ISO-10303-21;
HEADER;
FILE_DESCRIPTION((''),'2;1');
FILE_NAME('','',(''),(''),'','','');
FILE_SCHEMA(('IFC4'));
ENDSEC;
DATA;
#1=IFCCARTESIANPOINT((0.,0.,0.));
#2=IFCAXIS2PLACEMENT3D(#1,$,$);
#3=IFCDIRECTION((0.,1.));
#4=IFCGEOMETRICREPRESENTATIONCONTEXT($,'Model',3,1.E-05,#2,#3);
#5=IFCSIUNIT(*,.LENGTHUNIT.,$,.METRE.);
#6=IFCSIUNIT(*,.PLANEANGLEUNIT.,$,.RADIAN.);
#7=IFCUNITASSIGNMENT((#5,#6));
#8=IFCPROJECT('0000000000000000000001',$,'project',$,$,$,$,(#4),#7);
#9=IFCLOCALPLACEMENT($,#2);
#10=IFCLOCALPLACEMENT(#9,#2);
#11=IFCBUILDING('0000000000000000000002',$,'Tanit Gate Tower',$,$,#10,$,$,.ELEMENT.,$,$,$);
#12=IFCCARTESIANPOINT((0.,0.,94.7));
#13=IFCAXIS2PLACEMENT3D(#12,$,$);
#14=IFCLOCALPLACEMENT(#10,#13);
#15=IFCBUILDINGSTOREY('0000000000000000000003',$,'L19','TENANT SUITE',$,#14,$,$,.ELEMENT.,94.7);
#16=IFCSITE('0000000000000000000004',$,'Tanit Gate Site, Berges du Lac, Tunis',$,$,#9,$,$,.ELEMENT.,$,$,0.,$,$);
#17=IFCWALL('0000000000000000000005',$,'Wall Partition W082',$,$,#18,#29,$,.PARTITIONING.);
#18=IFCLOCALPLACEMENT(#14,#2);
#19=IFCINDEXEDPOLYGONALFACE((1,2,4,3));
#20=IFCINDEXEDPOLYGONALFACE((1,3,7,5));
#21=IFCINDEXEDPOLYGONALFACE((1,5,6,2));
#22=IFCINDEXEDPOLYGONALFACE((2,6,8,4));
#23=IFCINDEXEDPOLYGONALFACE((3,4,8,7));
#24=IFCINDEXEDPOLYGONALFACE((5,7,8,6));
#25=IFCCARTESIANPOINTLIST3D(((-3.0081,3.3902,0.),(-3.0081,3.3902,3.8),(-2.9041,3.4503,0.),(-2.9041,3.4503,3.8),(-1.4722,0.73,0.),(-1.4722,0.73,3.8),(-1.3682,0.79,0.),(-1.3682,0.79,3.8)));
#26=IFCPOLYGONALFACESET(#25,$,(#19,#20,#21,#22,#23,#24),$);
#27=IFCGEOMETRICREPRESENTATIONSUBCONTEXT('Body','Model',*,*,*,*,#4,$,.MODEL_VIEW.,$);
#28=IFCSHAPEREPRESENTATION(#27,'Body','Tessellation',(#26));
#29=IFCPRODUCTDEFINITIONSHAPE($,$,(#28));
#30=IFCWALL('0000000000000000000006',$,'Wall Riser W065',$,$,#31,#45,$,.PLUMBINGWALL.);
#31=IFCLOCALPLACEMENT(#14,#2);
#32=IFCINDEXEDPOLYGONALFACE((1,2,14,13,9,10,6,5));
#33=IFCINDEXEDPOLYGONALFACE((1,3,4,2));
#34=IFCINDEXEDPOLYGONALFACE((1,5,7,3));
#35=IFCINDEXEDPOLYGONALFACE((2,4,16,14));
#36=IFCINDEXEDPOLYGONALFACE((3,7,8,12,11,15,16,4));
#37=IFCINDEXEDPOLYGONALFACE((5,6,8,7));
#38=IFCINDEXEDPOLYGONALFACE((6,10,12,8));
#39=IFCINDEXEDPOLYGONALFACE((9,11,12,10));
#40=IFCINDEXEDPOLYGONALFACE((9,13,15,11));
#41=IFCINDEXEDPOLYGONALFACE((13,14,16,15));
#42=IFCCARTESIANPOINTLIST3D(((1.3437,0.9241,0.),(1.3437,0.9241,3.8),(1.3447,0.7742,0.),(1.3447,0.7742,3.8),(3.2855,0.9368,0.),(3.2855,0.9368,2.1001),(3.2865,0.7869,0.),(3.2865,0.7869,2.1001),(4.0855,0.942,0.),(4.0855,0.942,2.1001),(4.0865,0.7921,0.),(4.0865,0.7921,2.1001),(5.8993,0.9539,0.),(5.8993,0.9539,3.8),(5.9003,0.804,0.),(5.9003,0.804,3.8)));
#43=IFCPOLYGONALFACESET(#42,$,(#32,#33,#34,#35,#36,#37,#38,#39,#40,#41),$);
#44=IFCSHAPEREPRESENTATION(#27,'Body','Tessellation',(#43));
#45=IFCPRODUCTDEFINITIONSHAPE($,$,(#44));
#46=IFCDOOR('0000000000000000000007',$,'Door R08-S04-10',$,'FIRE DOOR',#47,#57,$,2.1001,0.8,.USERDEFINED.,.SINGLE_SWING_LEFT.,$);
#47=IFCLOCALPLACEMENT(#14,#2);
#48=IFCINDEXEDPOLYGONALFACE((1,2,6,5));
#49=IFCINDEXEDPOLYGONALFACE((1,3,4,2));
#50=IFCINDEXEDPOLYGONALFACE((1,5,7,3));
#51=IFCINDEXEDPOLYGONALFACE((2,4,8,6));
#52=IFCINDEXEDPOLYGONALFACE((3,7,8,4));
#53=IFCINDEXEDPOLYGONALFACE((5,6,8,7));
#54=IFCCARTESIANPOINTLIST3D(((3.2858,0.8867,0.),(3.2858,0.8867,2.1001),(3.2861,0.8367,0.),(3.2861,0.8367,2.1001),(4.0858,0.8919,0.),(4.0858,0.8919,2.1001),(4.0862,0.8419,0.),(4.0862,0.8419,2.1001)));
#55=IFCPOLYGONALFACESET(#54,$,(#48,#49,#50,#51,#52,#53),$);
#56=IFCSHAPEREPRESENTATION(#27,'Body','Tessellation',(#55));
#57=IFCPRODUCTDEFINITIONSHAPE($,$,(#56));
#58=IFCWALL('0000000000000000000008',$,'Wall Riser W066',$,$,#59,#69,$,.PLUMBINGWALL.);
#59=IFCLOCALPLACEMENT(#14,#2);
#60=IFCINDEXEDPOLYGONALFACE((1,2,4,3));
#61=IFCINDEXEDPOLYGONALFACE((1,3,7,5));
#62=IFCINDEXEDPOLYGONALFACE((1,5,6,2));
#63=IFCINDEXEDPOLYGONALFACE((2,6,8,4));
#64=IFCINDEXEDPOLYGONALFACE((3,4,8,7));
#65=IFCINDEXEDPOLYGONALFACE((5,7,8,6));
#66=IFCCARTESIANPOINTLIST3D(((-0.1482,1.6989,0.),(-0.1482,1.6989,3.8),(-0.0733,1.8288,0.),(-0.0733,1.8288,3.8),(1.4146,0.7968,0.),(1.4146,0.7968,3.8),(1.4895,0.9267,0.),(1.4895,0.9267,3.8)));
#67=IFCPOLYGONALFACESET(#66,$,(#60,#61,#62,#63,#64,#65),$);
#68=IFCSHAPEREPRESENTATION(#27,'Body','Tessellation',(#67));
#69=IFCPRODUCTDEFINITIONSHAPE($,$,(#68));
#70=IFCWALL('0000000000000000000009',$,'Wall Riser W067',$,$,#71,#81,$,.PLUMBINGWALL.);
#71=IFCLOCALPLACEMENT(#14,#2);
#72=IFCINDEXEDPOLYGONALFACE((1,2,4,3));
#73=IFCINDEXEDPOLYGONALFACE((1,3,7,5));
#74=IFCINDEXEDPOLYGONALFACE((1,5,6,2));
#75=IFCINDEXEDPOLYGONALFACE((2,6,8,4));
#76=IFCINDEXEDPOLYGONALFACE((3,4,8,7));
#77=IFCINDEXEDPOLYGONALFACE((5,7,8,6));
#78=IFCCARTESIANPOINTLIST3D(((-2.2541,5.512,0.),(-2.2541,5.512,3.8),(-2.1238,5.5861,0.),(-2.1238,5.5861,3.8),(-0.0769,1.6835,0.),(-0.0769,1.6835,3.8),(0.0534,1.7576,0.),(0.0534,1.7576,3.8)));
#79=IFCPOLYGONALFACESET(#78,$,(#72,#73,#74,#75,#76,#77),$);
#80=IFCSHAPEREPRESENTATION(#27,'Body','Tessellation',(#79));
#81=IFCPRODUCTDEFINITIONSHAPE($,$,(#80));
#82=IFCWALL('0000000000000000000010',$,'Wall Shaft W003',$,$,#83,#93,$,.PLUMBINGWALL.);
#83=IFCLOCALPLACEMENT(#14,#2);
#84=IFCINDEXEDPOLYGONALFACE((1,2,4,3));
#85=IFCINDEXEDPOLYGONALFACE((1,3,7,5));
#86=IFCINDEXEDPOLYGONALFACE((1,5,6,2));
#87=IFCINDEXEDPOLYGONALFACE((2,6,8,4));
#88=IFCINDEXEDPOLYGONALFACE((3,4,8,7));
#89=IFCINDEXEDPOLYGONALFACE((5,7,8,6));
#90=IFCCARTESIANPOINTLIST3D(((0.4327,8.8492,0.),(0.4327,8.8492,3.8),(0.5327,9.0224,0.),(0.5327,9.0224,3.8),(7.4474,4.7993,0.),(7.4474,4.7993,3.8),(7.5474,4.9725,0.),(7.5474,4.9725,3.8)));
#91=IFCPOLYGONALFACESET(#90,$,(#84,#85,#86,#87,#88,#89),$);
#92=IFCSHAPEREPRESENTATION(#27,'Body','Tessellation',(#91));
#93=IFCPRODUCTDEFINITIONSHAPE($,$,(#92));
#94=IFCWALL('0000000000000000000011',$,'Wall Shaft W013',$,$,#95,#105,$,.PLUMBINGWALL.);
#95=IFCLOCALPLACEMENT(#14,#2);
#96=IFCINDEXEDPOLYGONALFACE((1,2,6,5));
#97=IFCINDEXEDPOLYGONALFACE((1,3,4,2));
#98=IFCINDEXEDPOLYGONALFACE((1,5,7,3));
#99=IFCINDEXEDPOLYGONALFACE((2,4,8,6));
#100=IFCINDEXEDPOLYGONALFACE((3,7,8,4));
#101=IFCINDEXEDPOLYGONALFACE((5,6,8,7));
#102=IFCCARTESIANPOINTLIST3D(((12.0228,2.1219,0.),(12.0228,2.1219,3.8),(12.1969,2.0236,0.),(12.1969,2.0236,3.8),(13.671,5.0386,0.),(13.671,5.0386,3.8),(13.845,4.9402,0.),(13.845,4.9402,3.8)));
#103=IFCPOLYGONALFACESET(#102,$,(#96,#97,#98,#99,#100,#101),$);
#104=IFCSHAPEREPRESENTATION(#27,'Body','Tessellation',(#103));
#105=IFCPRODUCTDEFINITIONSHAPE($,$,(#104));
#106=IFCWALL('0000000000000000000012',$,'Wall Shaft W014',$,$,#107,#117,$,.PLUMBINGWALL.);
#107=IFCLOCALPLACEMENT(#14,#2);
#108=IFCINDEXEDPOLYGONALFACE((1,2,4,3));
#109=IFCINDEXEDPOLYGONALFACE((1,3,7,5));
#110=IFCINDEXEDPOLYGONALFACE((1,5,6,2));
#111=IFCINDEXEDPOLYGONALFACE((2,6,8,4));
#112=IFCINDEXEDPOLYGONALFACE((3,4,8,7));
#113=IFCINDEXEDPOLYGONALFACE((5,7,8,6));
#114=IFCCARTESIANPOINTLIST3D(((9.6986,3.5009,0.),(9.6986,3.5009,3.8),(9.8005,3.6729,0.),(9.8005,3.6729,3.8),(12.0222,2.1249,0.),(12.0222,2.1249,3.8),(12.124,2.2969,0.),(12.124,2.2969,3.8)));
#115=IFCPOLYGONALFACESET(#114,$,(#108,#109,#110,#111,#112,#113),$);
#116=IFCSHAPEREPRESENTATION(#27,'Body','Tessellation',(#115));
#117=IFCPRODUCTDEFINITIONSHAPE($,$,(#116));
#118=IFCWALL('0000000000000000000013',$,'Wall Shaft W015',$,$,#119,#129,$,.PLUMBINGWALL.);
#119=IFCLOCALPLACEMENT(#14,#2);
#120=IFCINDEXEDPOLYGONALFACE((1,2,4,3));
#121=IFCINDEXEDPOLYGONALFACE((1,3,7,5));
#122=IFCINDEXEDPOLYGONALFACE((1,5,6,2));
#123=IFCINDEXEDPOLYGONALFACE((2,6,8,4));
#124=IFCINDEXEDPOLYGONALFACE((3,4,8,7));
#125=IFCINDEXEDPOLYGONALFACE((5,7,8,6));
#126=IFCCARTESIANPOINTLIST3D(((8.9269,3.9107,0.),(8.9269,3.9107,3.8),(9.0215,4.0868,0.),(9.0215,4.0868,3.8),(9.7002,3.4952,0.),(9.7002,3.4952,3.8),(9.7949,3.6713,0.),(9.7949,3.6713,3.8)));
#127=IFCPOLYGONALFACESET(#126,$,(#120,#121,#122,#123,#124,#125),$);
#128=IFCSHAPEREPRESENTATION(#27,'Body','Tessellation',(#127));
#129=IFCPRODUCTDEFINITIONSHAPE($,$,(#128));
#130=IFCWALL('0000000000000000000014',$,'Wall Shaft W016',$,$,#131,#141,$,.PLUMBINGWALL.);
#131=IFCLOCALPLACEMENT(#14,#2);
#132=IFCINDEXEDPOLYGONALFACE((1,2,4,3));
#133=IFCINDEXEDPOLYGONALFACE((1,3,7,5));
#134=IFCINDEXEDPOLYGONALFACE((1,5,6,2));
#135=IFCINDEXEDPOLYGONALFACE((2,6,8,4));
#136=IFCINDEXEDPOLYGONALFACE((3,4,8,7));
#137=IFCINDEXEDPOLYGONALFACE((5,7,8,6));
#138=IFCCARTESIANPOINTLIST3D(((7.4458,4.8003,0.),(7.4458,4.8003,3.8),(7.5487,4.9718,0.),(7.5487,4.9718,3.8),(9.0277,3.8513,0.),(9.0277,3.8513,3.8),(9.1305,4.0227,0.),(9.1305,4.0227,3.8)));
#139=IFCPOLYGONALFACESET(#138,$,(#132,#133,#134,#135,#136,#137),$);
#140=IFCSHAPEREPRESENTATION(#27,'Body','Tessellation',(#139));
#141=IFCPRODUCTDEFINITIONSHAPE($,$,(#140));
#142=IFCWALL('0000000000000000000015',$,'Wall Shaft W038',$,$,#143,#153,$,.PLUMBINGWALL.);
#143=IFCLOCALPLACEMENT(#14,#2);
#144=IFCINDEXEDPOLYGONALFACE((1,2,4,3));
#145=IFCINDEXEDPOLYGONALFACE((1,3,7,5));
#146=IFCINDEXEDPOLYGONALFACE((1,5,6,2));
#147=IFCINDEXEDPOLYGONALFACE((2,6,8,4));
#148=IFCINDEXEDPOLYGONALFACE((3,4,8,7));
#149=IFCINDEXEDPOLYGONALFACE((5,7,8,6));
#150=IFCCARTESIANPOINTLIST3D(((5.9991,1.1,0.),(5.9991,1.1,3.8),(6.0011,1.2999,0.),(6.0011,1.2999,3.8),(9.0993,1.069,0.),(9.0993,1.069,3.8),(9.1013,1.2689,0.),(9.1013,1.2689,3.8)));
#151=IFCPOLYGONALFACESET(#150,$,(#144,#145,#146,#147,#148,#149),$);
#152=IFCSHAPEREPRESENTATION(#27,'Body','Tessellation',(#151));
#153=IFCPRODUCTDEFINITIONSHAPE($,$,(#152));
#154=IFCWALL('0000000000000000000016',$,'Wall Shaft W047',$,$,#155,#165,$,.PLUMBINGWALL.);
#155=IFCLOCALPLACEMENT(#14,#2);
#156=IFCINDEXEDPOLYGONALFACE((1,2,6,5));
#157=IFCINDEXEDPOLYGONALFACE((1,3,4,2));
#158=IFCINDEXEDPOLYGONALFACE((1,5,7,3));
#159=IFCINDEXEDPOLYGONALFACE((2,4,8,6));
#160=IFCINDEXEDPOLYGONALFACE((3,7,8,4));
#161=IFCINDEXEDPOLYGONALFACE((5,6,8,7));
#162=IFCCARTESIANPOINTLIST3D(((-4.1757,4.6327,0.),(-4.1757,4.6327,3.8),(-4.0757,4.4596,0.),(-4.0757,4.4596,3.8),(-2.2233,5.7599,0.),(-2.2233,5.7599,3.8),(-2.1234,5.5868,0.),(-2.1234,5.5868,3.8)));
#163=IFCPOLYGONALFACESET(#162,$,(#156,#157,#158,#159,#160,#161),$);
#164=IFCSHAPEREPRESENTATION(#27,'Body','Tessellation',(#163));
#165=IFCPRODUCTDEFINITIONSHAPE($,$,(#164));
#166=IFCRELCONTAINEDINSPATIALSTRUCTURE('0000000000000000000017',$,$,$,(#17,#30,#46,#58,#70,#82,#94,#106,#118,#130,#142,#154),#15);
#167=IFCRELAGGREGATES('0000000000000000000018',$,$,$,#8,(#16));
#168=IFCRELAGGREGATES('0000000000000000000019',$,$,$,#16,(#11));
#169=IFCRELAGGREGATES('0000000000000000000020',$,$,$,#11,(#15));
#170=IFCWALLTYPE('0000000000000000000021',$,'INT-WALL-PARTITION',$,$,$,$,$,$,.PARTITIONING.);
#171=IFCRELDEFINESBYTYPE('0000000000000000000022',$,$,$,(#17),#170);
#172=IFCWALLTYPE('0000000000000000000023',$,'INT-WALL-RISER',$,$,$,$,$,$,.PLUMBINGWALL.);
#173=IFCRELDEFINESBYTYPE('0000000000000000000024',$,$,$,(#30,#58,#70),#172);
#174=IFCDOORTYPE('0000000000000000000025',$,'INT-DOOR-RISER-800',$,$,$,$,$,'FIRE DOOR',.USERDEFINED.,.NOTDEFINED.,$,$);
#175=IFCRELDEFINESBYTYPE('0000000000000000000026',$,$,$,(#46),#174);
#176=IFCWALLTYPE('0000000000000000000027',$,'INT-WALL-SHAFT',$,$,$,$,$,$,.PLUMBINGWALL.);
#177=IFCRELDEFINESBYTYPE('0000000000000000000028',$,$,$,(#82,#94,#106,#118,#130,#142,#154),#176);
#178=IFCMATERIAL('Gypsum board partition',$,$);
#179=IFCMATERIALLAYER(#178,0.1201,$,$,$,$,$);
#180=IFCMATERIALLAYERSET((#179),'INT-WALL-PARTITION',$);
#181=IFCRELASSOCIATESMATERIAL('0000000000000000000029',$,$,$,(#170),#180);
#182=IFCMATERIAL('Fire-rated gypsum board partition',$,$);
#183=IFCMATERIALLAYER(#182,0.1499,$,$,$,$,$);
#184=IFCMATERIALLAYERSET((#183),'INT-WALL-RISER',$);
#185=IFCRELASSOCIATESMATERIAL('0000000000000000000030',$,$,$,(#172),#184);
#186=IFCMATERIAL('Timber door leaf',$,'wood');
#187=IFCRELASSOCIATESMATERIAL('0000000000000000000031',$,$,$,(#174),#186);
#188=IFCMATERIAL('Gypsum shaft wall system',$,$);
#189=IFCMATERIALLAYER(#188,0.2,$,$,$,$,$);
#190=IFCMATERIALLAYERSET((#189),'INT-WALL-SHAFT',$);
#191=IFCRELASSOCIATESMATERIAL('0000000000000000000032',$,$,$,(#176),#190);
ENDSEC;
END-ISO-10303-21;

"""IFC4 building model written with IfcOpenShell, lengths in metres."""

from ifc_helpers import new_model, si_unit, direction, frame, frame_2d, origin, place, context, subcontext, project, spatial, rectangle, extrude, material, layer, layer_set, type_object, element, fill, save


model = new_model("IFC4")

# Units and contexts
model_context = context("Model", 3, precision=1e-05, world=origin(), true_north=direction((0.0, 1.0)))
body_context = subcontext(model_context, "Body", "Model", "MODEL_VIEW")
ifc_project = project(units=[si_unit("LENGTHUNIT", "METRE"), si_unit("PLANEANGLEUNIT", "RADIAN")], contexts=[model_context])

# Site, building, storey
site_placement = place(None, origin())
site = spatial("IfcSite", under=ifc_project, at=site_placement, Name="Tanit Gate Site, Berges du Lac, Tunis", CompositionType="ELEMENT", RefElevation=0.0)
building_placement = place(site_placement, origin())
building = spatial("IfcBuilding", under=site, at=building_placement, Name="Tanit Gate Tower", CompositionType="ELEMENT")
storey_placement = place(building_placement, frame((0.0, 0.0, 94.7)))
storey = spatial("IfcBuildingStorey", under=building, at=storey_placement, Name="L19", Description="TENANT SUITE", CompositionType="ELEMENT", Elevation=94.7)

# Wall
ifc_material_1 = material(Name="Gypsum board partition")
ifc_layer_1 = layer(ifc_material_1, 0.1201)
ifc_layer_set_1 = layer_set([ifc_layer_1], Name="INT-WALL-PARTITION")
wall_type_1 = type_object("IfcWallType", Name="INT-WALL-PARTITION", PredefinedType="PARTITIONING", material=ifc_layer_set_1)
wall_1_placement = place(storey_placement, frame((-1.4202, 0.76, 0.0), z_axis=(0.0, 0.0, 1.0), x_axis=(-0.500011, 0.866019, 0.0)))
element("IfcWall", 1, at=wall_1_placement, inside=storey, type_object=wall_type_1, Name="Wall Partition W082", PredefinedType="PARTITIONING", context=body_context, shape_type="SweptSolid", body=[
    extrude(rectangle(XDim=3.0718, YDim=0.1201, at=frame_2d((1.5359, 0.0))), origin(), (0.0, 0.0, 1.0), 3.8),
])

# Wall, opening, door
ifc_material_2 = material(Name="Fire-rated gypsum board partition")
ifc_layer_2 = layer(ifc_material_2, 0.1499)
ifc_layer_set_2 = layer_set([ifc_layer_2], Name="INT-WALL-RISER")
wall_type_2 = type_object("IfcWallType", Name="INT-WALL-RISER", PredefinedType="PLUMBINGWALL", material=ifc_layer_set_2)
wall_2_placement = place(storey_placement, frame((1.3442, 0.8491, 0.0), z_axis=(0.0, 0.0, 1.0), x_axis=(0.999979, 0.006538, 0.0)))
wall_2 = element("IfcWall", 2, at=wall_2_placement, inside=storey, type_object=wall_type_2, Name="Wall Riser W065", PredefinedType="PLUMBINGWALL", context=body_context, shape_type="SweptSolid", body=[
    extrude(rectangle(XDim=4.5557, YDim=0.1499, at=frame_2d((2.2778, 0.0))), origin(), (0.0, 0.0, 1.0), 3.8),
])
opening_1_placement = place(wall_2_placement, frame((1.9419, 0.0, 0.0)))
opening_1 = element("IfcOpeningElement", 3, at=opening_1_placement, cuts=wall_2, PredefinedType="OPENING", context=body_context, shape_type="SweptSolid", body=[
    extrude(rectangle(XDim=0.8, YDim=2.1001, at=frame_2d((0.3999, 1.05))), frame((0.0, 0.085, 0.0), z_axis=(0.0, -1.0, 0.0), x_axis=(1.0, 0.0, 0.0)), (0.0, 0.0, 1.0), 0.1699),
])
ifc_material_3 = material(Name="Timber door leaf", Category="wood")
door_type_1 = type_object("IfcDoorType", Name="INT-DOOR-RISER-800", ElementType="FIRE DOOR", OperationType="NOTDEFINED", PredefinedType="USERDEFINED", material=ifc_material_3)
door_1_placement = place(opening_1_placement, origin())
door_1 = element("IfcDoor", 4, at=door_1_placement, inside=storey, type_object=door_type_1, Name="Door R08-S04-10", ObjectType="FIRE DOOR", OperationType="SINGLE_SWING_LEFT", OverallHeight=2.1001, OverallWidth=0.8, PredefinedType="USERDEFINED", context=body_context, shape_type="SweptSolid", body=[
    extrude(rectangle(XDim=0.8, YDim=2.1001, at=frame_2d((0.3999, 1.05))), frame((0.0, 0.0249, 0.0), z_axis=(0.0, -1.0, 0.0), x_axis=(1.0, 0.0, 0.0)), (0.0, 0.0, 1.0), 0.05),
])
fill(opening_1, door_1)

# Walls
wall_3_placement = place(storey_placement, frame((-0.1108, 1.7639, 0.0), z_axis=(0.0, 0.0, 1.0), x_axis=(0.866062, -0.499937, 0.0)))
element("IfcWall", 5, at=wall_3_placement, inside=storey, type_object=wall_type_2, Name="Wall Riser W066", PredefinedType="PLUMBINGWALL", context=body_context, shape_type="SweptSolid", body=[
    extrude(rectangle(XDim=1.8044, YDim=0.1499, at=frame_2d((0.9023, 0.0))), origin(), (0.0, 0.0, 1.0), 3.8),
])
wall_4_placement = place(storey_placement, frame((-2.189, 5.5491, 0.0), z_axis=(0.0, 0.0, 1.0), x_axis=(0.494335, -0.869271, 0.0)))
element("IfcWall", 6, at=wall_4_placement, inside=storey, type_object=wall_type_2, Name="Wall Riser W067", PredefinedType="PLUMBINGWALL", context=body_context, shape_type="SweptSolid", body=[
    extrude(rectangle(XDim=4.4043, YDim=0.1499, at=frame_2d((2.2021, 0.0))), origin(), (0.0, 0.0, 1.0), 3.8),
])
ifc_material_4 = material(Name="Gypsum shaft wall system")
ifc_layer_3 = layer(ifc_material_4, 0.2)
ifc_layer_set_3 = layer_set([ifc_layer_3], Name="INT-WALL-SHAFT")
wall_type_3 = type_object("IfcWallType", Name="INT-WALL-SHAFT", PredefinedType="PLUMBINGWALL", material=ifc_layer_set_3)
wall_5_placement = place(storey_placement, frame((7.4973, 4.886, 0.0), z_axis=(0.0, 0.0, 1.0), x_axis=(-0.866031, 0.49999, 0.0)))
element("IfcWall", 7, at=wall_5_placement, inside=storey, type_object=wall_type_3, Name="Wall Shaft W003", PredefinedType="PLUMBINGWALL", context=body_context, shape_type="SweptSolid", body=[
    extrude(rectangle(XDim=8.0999, YDim=0.2, at=frame_2d((4.0498, 0.0))), origin(), (0.0, 0.0, 1.0), 3.8),
])
wall_6_placement = place(storey_placement, frame((12.1099, 2.0728, 0.0), z_axis=(0.0, 0.0, 1.0), x_axis=(0.491966, 0.870614, 0.0)))
element("IfcWall", 8, at=wall_6_placement, inside=storey, type_object=wall_type_3, Name="Wall Shaft W013", PredefinedType="PLUMBINGWALL", context=body_context, shape_type="SweptSolid", body=[
    extrude(rectangle(XDim=3.3501, YDim=0.2, at=frame_2d((1.675, 0.0))), origin(), (0.0, 0.0, 1.0), 3.8),
])
wall_7_placement = place(storey_placement, frame((12.073, 2.2109, 0.0), z_axis=(0.0, 0.0, 1.0), x_axis=(-0.860438, 0.509555, 0.0)))
element("IfcWall", 9, at=wall_7_placement, inside=storey, type_object=wall_type_3, Name="Wall Shaft W014", PredefinedType="PLUMBINGWALL", context=body_context, shape_type="SweptSolid", body=[
    extrude(rectangle(XDim=2.7004, YDim=0.2, at=frame_2d((1.3501, 0.0))), origin(), (0.0, 0.0, 1.0), 3.8),
])
wall_8_placement = place(storey_placement, frame((9.7476, 3.5833, 0.0), z_axis=(0.0, 0.0, 1.0), x_axis=(-0.880917, 0.473271, 0.0)))
element("IfcWall", 10, at=wall_8_placement, inside=storey, type_object=wall_type_3, Name="Wall Shaft W015", PredefinedType="PLUMBINGWALL", context=body_context, shape_type="SweptSolid", body=[
    extrude(rectangle(XDim=0.8779, YDim=0.2, at=frame_2d((0.439, 0.0))), origin(), (0.0, 0.0, 1.0), 3.8),
])
wall_9_placement = place(storey_placement, frame((9.0791, 3.937, 0.0), z_axis=(0.0, 0.0, 1.0), x_axis=(-0.857516, 0.514457, 0.0)))
element("IfcWall", 11, at=wall_9_placement, inside=storey, type_object=wall_type_3, Name="Wall Shaft W016", PredefinedType="PLUMBINGWALL", context=body_context, shape_type="SweptSolid", body=[
    extrude(rectangle(XDim=1.8447, YDim=0.2, at=frame_2d((0.9224, 0.0))), origin(), (0.0, 0.0, 1.0), 3.8),
])

# Walls
wall_10_placement = place(storey_placement, frame((6.0, 1.2, 0.0), z_axis=(0.0, 0.0, 1.0), x_axis=(0.99995, -0.010001, 0.0)))
element("IfcWall", 12, at=wall_10_placement, inside=storey, type_object=wall_type_3, Name="Wall Shaft W038", PredefinedType="PLUMBINGWALL", context=body_context, shape_type="SweptSolid", body=[
    extrude(rectangle(XDim=3.1003, YDim=0.2, at=frame_2d((1.5503, 0.0))), origin(), (0.0, 0.0, 1.0), 3.8),
])
wall_11_placement = place(storey_placement, frame((-2.1733, 5.6733, 0.0), z_axis=(0.0, 0.0, 1.0), x_axis=(-0.866029, -0.499994, 0.0)))
element("IfcWall", 13, at=wall_11_placement, inside=storey, type_object=wall_type_3, Name="Wall Shaft W047", PredefinedType="PLUMBINGWALL", context=body_context, shape_type="SweptSolid", body=[
    extrude(rectangle(XDim=2.2544, YDim=0.2, at=frame_2d((1.1272, 0.0))), origin(), (0.0, 0.0, 1.0), 3.8),
])

save(model, "model.ifc")
